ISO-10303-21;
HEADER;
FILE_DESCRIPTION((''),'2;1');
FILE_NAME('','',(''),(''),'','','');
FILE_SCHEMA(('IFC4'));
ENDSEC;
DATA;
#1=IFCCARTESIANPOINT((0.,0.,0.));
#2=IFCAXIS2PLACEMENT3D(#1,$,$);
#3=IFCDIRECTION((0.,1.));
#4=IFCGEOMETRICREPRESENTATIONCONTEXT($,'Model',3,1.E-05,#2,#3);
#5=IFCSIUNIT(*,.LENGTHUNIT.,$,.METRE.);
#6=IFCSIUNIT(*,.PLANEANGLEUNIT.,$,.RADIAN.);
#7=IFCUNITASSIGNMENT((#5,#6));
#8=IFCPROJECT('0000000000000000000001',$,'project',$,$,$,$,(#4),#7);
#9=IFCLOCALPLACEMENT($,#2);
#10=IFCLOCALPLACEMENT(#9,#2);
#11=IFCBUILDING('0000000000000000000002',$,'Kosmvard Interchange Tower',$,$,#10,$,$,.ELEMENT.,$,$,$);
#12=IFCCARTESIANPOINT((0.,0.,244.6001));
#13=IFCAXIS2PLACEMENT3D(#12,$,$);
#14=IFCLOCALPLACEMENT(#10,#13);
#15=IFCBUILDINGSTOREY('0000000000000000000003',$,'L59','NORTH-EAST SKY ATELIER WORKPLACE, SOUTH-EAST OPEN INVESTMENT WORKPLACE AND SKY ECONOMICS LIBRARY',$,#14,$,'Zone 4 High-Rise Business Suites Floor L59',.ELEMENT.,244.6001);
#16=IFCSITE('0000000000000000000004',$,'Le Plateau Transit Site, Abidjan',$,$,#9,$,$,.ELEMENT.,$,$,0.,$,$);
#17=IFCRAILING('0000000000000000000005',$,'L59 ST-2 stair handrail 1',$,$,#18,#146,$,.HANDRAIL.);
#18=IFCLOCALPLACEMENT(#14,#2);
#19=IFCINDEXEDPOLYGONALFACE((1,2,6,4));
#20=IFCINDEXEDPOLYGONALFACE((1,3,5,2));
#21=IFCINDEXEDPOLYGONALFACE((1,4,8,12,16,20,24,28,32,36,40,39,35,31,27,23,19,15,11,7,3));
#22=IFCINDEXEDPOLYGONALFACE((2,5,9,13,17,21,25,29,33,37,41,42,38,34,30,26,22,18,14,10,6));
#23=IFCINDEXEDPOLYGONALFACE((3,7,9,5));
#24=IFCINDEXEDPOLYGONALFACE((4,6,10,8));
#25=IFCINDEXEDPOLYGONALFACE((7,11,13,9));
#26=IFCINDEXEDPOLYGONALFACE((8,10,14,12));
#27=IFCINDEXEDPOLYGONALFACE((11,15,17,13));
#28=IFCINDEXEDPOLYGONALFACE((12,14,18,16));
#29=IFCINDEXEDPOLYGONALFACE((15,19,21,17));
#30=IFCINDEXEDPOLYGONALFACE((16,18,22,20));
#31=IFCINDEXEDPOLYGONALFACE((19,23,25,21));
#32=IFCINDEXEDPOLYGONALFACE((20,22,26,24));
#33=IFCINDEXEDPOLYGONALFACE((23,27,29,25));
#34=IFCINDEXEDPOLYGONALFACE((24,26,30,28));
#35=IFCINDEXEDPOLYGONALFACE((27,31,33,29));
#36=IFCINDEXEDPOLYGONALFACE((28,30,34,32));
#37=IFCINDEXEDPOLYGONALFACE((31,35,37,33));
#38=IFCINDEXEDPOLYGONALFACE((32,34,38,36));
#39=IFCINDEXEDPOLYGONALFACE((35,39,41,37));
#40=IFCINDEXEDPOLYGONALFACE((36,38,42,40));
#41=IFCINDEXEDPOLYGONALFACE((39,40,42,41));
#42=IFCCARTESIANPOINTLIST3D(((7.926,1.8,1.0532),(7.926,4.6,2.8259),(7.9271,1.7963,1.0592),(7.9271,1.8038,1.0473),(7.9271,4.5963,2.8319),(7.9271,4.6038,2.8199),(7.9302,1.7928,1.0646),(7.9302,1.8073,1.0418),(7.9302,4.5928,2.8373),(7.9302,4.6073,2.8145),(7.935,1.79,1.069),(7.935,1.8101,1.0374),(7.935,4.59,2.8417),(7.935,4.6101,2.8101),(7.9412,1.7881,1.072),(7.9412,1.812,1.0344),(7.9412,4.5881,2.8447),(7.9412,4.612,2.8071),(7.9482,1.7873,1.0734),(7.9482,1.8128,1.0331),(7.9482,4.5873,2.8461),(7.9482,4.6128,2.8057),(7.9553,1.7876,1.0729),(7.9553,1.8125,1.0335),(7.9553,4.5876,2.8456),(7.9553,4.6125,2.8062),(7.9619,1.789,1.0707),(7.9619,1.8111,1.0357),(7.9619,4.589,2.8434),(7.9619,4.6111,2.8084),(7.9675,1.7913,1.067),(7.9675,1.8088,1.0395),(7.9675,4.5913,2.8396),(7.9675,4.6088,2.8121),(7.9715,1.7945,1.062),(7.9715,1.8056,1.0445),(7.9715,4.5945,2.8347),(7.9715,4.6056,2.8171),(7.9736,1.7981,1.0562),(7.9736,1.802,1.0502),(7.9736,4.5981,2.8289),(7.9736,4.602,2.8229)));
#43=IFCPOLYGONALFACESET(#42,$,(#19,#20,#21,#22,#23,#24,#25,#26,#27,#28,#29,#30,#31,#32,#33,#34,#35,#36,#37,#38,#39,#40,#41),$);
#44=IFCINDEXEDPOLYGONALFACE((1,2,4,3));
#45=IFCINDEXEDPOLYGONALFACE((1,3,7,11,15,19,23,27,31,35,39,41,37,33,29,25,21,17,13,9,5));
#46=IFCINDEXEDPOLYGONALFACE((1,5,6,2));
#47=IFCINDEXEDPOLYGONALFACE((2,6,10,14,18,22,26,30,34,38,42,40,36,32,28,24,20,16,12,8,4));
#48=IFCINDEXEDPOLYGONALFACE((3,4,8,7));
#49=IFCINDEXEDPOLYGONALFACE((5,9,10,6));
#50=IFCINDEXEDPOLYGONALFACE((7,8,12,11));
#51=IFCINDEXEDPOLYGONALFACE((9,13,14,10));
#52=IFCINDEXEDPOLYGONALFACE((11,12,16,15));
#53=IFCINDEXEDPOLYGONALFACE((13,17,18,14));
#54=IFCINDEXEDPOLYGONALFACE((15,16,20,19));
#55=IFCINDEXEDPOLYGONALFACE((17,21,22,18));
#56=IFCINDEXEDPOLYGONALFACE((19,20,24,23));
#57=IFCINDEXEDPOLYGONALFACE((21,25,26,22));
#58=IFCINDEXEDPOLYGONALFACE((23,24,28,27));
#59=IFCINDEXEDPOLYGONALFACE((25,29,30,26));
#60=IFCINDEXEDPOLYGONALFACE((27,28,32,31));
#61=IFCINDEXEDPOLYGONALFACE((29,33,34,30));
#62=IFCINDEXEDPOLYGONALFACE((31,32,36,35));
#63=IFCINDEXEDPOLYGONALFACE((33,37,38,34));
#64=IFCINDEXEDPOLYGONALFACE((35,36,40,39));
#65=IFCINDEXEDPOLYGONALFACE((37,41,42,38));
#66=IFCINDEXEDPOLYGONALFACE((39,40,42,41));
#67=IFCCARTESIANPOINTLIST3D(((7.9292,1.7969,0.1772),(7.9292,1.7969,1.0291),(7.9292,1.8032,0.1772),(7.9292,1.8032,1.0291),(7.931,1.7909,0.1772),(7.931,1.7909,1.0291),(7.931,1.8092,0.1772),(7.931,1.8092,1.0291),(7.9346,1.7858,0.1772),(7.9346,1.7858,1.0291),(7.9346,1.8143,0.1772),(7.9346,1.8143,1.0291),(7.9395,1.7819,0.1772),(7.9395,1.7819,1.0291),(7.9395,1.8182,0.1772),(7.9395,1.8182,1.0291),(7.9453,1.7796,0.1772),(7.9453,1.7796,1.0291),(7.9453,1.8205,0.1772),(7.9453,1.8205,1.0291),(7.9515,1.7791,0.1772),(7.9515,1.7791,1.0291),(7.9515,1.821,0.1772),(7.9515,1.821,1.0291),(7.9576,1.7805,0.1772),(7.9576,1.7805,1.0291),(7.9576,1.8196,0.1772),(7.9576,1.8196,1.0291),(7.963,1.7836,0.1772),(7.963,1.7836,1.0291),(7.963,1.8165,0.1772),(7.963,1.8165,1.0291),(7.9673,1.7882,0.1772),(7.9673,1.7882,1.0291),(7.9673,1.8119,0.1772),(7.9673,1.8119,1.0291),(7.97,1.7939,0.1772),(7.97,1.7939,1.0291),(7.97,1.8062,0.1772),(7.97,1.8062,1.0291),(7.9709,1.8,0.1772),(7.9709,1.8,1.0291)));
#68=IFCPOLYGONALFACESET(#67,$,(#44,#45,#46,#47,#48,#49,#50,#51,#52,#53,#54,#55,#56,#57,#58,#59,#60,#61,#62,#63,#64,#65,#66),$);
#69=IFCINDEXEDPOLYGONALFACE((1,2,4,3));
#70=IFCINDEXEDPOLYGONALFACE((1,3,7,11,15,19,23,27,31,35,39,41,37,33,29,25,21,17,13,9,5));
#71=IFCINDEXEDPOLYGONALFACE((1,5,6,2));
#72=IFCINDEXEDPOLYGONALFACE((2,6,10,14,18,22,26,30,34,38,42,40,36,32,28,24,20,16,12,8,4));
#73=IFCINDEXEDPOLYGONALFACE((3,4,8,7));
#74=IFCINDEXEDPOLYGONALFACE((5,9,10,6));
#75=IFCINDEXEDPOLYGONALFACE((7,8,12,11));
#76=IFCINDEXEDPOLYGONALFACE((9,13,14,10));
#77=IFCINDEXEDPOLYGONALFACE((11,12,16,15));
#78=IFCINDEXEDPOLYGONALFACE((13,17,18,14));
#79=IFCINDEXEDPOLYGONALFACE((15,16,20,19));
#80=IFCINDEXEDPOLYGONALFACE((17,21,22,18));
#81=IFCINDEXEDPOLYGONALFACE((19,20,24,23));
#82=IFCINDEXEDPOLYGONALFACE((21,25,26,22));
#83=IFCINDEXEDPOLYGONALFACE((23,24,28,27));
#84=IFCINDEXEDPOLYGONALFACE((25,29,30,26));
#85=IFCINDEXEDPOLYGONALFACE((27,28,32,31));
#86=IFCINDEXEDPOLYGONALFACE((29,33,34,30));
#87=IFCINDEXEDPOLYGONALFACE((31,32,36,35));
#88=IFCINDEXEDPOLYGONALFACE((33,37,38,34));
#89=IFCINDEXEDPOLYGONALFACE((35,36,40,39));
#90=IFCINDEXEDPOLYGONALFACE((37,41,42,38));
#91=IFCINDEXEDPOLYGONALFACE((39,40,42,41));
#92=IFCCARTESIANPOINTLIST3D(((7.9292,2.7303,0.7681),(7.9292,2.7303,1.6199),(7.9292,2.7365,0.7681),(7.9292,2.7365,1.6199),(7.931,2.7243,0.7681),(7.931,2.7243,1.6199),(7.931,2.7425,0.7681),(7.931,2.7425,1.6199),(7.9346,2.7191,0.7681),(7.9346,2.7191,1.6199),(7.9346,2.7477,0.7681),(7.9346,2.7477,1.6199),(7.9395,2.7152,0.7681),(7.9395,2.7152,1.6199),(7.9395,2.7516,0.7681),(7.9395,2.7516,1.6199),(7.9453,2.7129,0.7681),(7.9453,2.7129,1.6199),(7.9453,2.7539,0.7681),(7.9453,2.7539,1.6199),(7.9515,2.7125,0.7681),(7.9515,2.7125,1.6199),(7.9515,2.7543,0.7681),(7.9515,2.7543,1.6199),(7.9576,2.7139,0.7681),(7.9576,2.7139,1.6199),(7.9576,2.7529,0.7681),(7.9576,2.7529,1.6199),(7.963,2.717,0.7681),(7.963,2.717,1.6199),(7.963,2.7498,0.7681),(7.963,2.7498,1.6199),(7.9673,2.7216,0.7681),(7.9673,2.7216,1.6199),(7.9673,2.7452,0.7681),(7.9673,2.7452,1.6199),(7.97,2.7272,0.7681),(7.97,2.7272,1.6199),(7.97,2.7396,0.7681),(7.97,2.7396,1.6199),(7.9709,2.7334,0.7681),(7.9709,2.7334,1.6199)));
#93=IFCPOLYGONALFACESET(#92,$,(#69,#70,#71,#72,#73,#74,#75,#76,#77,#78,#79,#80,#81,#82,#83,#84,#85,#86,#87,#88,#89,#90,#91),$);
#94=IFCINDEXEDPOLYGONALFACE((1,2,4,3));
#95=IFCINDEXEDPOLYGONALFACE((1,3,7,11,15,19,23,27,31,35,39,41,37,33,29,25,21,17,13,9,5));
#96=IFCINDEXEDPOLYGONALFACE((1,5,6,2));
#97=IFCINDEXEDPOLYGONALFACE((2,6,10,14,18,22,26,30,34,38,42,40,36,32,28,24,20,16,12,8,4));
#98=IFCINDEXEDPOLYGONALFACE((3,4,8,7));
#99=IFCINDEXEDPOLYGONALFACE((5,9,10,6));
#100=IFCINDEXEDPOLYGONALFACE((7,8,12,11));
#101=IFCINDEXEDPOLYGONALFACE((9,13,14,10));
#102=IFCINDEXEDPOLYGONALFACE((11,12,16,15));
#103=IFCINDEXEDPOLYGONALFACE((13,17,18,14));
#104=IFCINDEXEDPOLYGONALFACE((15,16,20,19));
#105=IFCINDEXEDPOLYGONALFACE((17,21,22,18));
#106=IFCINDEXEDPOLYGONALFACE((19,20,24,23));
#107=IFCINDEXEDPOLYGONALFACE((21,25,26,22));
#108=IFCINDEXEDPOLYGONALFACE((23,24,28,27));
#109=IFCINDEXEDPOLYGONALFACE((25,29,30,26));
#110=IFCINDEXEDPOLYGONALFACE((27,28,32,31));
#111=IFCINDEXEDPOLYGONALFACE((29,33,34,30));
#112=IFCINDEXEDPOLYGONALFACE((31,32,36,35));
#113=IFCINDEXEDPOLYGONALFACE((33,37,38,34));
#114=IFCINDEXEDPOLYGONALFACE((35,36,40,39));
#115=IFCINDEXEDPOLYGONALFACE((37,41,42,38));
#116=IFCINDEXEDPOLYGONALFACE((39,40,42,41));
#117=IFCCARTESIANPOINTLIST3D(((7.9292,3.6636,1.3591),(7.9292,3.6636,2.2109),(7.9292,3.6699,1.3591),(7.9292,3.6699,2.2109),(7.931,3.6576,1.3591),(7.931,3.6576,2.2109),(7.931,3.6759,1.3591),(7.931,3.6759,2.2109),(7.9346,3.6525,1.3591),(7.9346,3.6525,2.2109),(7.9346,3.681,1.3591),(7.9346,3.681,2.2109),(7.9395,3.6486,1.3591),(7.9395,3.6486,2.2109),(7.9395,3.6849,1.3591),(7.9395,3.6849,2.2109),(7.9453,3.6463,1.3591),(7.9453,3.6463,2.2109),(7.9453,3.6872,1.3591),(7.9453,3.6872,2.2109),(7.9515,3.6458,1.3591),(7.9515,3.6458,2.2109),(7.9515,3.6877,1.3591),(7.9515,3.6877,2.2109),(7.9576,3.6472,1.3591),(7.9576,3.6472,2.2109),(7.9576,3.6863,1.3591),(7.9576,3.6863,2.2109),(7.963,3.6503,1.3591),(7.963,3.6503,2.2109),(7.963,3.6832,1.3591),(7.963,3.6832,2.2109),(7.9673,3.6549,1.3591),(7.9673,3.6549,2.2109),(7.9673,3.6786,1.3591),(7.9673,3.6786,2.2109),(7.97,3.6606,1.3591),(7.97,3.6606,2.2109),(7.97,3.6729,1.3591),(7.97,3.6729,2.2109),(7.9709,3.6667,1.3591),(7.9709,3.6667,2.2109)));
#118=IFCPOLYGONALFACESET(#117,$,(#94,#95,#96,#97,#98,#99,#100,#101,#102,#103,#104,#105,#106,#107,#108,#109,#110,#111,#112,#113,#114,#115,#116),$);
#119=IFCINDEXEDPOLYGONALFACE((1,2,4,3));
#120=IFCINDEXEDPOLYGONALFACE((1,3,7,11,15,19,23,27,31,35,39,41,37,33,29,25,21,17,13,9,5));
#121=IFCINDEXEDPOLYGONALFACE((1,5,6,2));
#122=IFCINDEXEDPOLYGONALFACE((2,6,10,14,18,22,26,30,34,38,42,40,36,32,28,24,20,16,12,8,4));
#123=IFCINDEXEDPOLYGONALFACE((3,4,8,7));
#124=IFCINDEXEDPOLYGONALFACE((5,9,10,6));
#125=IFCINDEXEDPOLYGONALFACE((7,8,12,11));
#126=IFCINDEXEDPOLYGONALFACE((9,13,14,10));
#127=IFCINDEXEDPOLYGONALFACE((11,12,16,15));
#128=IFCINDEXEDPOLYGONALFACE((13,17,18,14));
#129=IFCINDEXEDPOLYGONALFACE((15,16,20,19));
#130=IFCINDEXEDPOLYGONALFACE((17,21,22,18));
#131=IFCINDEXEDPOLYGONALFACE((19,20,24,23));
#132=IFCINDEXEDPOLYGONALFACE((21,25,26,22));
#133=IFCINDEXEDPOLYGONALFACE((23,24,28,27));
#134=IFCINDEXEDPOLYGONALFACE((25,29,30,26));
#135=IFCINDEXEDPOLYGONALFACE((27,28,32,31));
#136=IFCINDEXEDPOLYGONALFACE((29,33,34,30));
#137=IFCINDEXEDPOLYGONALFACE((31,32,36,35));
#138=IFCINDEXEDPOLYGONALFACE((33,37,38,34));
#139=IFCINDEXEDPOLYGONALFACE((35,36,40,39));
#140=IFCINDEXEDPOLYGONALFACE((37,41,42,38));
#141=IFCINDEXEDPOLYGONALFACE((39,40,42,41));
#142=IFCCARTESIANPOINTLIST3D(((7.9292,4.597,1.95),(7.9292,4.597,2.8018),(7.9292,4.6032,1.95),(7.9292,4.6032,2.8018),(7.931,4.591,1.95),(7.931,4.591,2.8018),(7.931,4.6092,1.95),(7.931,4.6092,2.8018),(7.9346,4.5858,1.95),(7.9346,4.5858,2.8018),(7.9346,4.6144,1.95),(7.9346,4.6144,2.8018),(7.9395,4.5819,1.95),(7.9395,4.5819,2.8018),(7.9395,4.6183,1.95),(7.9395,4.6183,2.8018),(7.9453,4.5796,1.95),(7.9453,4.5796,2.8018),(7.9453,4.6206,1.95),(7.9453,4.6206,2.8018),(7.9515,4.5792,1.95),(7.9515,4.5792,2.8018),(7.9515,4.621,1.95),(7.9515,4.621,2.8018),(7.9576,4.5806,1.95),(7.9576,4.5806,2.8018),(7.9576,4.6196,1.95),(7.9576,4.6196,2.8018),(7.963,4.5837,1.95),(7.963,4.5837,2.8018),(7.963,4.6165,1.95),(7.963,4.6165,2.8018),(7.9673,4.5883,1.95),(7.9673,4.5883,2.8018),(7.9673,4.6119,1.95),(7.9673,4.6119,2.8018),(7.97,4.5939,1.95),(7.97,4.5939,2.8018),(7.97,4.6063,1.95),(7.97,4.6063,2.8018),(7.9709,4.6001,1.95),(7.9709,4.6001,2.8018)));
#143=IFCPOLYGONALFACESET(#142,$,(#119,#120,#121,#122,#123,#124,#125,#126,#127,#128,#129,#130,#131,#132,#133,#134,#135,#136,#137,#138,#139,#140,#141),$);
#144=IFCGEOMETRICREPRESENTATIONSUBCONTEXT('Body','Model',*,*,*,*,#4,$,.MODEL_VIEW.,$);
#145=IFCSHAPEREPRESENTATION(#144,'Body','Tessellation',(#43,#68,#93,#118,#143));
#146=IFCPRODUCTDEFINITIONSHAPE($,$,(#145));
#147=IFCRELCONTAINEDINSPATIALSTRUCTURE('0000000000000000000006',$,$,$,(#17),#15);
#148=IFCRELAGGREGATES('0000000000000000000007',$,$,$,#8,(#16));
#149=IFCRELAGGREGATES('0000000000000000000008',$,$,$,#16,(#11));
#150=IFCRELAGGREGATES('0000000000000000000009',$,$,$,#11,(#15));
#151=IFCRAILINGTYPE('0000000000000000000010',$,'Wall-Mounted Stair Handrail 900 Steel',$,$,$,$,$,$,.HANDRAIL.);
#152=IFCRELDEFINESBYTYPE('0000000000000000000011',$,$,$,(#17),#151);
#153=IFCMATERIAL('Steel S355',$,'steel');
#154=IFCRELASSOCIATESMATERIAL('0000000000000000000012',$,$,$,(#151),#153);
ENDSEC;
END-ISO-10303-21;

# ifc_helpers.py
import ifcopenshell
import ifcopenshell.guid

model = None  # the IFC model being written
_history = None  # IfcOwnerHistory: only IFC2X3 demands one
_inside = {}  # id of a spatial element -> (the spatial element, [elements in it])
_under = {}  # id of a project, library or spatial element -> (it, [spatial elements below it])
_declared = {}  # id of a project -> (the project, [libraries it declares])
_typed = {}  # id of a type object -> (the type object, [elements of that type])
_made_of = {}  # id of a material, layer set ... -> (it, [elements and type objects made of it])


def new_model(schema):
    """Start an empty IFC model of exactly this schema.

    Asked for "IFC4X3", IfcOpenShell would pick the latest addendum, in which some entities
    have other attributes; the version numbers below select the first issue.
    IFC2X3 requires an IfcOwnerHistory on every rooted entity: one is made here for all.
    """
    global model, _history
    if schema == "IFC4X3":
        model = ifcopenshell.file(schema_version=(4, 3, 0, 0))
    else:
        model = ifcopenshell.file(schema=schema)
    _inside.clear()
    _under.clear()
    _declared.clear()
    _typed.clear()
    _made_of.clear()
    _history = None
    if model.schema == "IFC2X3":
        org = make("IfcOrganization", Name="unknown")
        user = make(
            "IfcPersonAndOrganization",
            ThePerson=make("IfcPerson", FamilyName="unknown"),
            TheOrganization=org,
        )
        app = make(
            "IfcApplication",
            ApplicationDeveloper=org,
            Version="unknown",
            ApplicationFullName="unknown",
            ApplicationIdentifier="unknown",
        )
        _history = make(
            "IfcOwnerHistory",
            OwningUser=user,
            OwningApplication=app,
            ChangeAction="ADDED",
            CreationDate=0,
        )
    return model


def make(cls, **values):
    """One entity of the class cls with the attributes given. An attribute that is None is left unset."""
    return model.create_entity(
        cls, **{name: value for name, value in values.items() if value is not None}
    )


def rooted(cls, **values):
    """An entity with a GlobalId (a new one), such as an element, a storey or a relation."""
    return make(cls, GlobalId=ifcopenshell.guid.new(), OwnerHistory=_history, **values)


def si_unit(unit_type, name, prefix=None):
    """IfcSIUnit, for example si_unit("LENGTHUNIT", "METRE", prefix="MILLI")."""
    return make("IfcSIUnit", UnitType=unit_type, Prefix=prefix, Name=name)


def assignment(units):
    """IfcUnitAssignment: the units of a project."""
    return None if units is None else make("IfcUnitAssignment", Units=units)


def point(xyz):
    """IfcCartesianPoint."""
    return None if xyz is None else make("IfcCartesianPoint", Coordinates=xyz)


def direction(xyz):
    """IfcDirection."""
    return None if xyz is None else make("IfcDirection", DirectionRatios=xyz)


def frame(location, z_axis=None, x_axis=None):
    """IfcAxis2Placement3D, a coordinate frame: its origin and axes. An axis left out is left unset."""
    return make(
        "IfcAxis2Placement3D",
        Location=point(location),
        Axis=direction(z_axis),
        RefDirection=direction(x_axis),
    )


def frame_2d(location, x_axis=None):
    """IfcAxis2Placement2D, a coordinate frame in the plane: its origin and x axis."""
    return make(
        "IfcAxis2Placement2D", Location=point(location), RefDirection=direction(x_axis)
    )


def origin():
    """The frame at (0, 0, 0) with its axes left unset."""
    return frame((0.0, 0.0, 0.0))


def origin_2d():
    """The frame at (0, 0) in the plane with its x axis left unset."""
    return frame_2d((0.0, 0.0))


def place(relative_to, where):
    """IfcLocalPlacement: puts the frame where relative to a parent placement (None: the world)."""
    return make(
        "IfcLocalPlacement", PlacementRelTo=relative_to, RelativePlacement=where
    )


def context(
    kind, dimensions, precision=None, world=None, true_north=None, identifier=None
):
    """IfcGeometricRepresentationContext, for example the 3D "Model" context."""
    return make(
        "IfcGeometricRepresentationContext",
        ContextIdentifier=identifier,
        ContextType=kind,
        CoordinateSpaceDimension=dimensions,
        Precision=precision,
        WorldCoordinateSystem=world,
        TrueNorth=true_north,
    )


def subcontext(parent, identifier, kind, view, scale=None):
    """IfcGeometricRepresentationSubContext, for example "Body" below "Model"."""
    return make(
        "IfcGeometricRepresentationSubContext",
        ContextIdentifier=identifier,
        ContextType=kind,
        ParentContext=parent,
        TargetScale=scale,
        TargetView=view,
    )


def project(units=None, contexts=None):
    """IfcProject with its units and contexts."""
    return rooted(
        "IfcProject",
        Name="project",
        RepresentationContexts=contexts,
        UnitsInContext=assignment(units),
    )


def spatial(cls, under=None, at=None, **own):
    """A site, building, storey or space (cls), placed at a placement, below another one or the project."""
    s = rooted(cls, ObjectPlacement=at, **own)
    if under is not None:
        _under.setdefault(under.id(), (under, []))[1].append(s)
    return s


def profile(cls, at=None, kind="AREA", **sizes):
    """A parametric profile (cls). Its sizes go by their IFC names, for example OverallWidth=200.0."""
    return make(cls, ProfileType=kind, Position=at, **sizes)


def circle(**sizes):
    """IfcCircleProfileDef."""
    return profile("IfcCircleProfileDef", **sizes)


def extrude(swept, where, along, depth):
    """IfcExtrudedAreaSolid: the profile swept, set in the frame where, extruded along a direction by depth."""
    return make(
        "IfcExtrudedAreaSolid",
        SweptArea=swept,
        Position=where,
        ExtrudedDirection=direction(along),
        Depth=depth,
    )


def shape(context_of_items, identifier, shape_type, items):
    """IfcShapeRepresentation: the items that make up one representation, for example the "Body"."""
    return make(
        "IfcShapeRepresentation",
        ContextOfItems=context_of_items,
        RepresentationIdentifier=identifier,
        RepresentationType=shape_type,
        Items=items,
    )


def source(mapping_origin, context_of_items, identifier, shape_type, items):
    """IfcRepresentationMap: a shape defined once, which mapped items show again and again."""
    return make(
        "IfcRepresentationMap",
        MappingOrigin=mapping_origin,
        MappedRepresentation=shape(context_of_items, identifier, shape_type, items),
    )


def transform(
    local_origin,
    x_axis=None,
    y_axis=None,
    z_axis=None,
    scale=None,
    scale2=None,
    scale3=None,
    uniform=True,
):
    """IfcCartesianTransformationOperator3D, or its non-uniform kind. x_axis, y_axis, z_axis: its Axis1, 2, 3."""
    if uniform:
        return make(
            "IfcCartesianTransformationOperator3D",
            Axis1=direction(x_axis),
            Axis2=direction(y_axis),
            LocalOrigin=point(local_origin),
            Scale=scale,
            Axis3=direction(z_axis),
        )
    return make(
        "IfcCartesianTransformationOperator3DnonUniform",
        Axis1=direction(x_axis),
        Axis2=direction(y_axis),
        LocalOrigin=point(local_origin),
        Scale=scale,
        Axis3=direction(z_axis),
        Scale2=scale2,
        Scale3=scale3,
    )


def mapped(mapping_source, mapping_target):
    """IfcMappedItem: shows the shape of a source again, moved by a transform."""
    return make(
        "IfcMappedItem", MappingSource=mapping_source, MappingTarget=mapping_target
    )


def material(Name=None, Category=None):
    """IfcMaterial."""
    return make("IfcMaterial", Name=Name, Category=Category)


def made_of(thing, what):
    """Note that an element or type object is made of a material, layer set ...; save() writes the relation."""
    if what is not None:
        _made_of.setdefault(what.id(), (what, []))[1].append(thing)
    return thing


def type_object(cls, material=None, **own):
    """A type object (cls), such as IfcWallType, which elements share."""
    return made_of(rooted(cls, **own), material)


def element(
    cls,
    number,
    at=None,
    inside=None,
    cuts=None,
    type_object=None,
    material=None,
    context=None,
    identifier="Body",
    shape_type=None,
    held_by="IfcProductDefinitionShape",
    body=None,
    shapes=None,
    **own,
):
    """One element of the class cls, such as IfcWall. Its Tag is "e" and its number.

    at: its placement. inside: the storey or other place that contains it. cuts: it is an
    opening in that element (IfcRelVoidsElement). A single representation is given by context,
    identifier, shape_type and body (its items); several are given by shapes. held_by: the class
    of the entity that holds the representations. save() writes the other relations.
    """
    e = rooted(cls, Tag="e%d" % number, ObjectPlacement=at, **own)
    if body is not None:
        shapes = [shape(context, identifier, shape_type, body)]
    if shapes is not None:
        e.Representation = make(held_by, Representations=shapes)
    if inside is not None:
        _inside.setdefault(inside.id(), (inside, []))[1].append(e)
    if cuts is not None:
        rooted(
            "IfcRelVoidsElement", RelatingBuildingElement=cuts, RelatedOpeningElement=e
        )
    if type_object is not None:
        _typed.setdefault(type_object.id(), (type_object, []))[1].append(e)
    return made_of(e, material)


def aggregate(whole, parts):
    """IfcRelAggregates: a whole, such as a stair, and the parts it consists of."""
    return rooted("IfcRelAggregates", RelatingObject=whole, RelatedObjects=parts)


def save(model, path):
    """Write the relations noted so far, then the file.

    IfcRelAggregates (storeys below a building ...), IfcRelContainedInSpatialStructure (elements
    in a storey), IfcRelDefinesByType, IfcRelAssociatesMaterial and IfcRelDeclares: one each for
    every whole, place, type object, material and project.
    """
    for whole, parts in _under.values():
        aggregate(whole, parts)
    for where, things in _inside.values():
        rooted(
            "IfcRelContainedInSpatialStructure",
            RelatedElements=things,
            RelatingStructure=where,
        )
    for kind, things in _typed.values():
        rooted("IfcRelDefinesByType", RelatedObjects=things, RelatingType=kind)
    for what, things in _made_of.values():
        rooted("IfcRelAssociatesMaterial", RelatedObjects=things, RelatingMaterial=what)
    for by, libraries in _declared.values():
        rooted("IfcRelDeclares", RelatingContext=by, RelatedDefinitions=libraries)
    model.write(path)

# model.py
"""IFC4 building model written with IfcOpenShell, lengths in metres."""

from ifc_helpers import new_model, si_unit, direction, frame, origin, origin_2d, place, context, subcontext, project, spatial, circle, extrude, source, transform, mapped, material, type_object, element, save


model = new_model("IFC4")

# Units and contexts
model_context = context("Model", 3, precision=1e-05, world=origin(), true_north=direction((0.0, 1.0)))
body_context = subcontext(model_context, "Body", "Model", "MODEL_VIEW")
ifc_project = project(units=[si_unit("LENGTHUNIT", "METRE"), si_unit("PLANEANGLEUNIT", "RADIAN")], contexts=[model_context])

# Site, building, storey
site_placement = place(None, origin())
site = spatial("IfcSite", under=ifc_project, at=site_placement, Name="Le Plateau Transit Site, Abidjan", CompositionType="ELEMENT", RefElevation=0.0)
building_placement = place(site_placement, origin())
building = spatial("IfcBuilding", under=site, at=building_placement, Name="Kosmvard Interchange Tower", CompositionType="ELEMENT")
storey_placement = place(building_placement, frame((0.0, 0.0, 244.6001)))
storey = spatial("IfcBuildingStorey", under=building, at=storey_placement, Name="L59", Description="NORTH-EAST SKY ATELIER WORKPLACE, SOUTH-EAST OPEN INVESTMENT WORKPLACE AND SKY ECONOMICS LIBRARY", LongName="Zone 4 High-Rise Business Suites Floor L59", CompositionType="ELEMENT", Elevation=244.6001)

# Shared definitions
ifc_material_1 = material(Name="Steel S355", Category="steel")

# Railing
railing_type_1 = type_object("IfcRailingType", Name="Wall-Mounted Stair Handrail 900 Steel", PredefinedType="HANDRAIL", material=ifc_material_1)
shared_shape_1 = source(origin(), body_context, "Body", "SweptSolid", [
    extrude(circle(Radius=0.0239, at=origin_2d()), frame((0.0, 0.0, 0.876), z_axis=(0.0, 0.844909, 0.53491), x_axis=(-1.0, 0.0, 0.0)), (0.0, 0.0, 1.0), 3.314),
    extrude(circle(Radius=0.021, at=origin_2d()), origin(), (0.0, 0.0, 1.0), 0.8518),
    extrude(circle(Radius=0.021, at=origin_2d()), frame((0.0, 0.9333, 0.5908)), (0.0, 0.0, 1.0), 0.8518),
    extrude(circle(Radius=0.021, at=origin_2d()), frame((0.0, 1.8667, 1.1819)), (0.0, 0.0, 1.0), 0.8518),
    extrude(circle(Radius=0.021, at=origin_2d()), frame((0.0, 2.8, 1.7727)), (0.0, 0.0, 1.0), 0.8518),
])
railing_1_placement = place(storey_placement, frame((7.95, 1.8, 0.1772)))
element("IfcRailing", 1, at=railing_1_placement, inside=storey, type_object=railing_type_1, Name="L59 ST-2 stair handrail 1", PredefinedType="HANDRAIL", context=body_context, shape_type="MappedRepresentation", body=[
    mapped(shared_shape_1, transform((0.0, 0.0, 0.0), scale=1.0)),
])

save(model, "model.ifc")
